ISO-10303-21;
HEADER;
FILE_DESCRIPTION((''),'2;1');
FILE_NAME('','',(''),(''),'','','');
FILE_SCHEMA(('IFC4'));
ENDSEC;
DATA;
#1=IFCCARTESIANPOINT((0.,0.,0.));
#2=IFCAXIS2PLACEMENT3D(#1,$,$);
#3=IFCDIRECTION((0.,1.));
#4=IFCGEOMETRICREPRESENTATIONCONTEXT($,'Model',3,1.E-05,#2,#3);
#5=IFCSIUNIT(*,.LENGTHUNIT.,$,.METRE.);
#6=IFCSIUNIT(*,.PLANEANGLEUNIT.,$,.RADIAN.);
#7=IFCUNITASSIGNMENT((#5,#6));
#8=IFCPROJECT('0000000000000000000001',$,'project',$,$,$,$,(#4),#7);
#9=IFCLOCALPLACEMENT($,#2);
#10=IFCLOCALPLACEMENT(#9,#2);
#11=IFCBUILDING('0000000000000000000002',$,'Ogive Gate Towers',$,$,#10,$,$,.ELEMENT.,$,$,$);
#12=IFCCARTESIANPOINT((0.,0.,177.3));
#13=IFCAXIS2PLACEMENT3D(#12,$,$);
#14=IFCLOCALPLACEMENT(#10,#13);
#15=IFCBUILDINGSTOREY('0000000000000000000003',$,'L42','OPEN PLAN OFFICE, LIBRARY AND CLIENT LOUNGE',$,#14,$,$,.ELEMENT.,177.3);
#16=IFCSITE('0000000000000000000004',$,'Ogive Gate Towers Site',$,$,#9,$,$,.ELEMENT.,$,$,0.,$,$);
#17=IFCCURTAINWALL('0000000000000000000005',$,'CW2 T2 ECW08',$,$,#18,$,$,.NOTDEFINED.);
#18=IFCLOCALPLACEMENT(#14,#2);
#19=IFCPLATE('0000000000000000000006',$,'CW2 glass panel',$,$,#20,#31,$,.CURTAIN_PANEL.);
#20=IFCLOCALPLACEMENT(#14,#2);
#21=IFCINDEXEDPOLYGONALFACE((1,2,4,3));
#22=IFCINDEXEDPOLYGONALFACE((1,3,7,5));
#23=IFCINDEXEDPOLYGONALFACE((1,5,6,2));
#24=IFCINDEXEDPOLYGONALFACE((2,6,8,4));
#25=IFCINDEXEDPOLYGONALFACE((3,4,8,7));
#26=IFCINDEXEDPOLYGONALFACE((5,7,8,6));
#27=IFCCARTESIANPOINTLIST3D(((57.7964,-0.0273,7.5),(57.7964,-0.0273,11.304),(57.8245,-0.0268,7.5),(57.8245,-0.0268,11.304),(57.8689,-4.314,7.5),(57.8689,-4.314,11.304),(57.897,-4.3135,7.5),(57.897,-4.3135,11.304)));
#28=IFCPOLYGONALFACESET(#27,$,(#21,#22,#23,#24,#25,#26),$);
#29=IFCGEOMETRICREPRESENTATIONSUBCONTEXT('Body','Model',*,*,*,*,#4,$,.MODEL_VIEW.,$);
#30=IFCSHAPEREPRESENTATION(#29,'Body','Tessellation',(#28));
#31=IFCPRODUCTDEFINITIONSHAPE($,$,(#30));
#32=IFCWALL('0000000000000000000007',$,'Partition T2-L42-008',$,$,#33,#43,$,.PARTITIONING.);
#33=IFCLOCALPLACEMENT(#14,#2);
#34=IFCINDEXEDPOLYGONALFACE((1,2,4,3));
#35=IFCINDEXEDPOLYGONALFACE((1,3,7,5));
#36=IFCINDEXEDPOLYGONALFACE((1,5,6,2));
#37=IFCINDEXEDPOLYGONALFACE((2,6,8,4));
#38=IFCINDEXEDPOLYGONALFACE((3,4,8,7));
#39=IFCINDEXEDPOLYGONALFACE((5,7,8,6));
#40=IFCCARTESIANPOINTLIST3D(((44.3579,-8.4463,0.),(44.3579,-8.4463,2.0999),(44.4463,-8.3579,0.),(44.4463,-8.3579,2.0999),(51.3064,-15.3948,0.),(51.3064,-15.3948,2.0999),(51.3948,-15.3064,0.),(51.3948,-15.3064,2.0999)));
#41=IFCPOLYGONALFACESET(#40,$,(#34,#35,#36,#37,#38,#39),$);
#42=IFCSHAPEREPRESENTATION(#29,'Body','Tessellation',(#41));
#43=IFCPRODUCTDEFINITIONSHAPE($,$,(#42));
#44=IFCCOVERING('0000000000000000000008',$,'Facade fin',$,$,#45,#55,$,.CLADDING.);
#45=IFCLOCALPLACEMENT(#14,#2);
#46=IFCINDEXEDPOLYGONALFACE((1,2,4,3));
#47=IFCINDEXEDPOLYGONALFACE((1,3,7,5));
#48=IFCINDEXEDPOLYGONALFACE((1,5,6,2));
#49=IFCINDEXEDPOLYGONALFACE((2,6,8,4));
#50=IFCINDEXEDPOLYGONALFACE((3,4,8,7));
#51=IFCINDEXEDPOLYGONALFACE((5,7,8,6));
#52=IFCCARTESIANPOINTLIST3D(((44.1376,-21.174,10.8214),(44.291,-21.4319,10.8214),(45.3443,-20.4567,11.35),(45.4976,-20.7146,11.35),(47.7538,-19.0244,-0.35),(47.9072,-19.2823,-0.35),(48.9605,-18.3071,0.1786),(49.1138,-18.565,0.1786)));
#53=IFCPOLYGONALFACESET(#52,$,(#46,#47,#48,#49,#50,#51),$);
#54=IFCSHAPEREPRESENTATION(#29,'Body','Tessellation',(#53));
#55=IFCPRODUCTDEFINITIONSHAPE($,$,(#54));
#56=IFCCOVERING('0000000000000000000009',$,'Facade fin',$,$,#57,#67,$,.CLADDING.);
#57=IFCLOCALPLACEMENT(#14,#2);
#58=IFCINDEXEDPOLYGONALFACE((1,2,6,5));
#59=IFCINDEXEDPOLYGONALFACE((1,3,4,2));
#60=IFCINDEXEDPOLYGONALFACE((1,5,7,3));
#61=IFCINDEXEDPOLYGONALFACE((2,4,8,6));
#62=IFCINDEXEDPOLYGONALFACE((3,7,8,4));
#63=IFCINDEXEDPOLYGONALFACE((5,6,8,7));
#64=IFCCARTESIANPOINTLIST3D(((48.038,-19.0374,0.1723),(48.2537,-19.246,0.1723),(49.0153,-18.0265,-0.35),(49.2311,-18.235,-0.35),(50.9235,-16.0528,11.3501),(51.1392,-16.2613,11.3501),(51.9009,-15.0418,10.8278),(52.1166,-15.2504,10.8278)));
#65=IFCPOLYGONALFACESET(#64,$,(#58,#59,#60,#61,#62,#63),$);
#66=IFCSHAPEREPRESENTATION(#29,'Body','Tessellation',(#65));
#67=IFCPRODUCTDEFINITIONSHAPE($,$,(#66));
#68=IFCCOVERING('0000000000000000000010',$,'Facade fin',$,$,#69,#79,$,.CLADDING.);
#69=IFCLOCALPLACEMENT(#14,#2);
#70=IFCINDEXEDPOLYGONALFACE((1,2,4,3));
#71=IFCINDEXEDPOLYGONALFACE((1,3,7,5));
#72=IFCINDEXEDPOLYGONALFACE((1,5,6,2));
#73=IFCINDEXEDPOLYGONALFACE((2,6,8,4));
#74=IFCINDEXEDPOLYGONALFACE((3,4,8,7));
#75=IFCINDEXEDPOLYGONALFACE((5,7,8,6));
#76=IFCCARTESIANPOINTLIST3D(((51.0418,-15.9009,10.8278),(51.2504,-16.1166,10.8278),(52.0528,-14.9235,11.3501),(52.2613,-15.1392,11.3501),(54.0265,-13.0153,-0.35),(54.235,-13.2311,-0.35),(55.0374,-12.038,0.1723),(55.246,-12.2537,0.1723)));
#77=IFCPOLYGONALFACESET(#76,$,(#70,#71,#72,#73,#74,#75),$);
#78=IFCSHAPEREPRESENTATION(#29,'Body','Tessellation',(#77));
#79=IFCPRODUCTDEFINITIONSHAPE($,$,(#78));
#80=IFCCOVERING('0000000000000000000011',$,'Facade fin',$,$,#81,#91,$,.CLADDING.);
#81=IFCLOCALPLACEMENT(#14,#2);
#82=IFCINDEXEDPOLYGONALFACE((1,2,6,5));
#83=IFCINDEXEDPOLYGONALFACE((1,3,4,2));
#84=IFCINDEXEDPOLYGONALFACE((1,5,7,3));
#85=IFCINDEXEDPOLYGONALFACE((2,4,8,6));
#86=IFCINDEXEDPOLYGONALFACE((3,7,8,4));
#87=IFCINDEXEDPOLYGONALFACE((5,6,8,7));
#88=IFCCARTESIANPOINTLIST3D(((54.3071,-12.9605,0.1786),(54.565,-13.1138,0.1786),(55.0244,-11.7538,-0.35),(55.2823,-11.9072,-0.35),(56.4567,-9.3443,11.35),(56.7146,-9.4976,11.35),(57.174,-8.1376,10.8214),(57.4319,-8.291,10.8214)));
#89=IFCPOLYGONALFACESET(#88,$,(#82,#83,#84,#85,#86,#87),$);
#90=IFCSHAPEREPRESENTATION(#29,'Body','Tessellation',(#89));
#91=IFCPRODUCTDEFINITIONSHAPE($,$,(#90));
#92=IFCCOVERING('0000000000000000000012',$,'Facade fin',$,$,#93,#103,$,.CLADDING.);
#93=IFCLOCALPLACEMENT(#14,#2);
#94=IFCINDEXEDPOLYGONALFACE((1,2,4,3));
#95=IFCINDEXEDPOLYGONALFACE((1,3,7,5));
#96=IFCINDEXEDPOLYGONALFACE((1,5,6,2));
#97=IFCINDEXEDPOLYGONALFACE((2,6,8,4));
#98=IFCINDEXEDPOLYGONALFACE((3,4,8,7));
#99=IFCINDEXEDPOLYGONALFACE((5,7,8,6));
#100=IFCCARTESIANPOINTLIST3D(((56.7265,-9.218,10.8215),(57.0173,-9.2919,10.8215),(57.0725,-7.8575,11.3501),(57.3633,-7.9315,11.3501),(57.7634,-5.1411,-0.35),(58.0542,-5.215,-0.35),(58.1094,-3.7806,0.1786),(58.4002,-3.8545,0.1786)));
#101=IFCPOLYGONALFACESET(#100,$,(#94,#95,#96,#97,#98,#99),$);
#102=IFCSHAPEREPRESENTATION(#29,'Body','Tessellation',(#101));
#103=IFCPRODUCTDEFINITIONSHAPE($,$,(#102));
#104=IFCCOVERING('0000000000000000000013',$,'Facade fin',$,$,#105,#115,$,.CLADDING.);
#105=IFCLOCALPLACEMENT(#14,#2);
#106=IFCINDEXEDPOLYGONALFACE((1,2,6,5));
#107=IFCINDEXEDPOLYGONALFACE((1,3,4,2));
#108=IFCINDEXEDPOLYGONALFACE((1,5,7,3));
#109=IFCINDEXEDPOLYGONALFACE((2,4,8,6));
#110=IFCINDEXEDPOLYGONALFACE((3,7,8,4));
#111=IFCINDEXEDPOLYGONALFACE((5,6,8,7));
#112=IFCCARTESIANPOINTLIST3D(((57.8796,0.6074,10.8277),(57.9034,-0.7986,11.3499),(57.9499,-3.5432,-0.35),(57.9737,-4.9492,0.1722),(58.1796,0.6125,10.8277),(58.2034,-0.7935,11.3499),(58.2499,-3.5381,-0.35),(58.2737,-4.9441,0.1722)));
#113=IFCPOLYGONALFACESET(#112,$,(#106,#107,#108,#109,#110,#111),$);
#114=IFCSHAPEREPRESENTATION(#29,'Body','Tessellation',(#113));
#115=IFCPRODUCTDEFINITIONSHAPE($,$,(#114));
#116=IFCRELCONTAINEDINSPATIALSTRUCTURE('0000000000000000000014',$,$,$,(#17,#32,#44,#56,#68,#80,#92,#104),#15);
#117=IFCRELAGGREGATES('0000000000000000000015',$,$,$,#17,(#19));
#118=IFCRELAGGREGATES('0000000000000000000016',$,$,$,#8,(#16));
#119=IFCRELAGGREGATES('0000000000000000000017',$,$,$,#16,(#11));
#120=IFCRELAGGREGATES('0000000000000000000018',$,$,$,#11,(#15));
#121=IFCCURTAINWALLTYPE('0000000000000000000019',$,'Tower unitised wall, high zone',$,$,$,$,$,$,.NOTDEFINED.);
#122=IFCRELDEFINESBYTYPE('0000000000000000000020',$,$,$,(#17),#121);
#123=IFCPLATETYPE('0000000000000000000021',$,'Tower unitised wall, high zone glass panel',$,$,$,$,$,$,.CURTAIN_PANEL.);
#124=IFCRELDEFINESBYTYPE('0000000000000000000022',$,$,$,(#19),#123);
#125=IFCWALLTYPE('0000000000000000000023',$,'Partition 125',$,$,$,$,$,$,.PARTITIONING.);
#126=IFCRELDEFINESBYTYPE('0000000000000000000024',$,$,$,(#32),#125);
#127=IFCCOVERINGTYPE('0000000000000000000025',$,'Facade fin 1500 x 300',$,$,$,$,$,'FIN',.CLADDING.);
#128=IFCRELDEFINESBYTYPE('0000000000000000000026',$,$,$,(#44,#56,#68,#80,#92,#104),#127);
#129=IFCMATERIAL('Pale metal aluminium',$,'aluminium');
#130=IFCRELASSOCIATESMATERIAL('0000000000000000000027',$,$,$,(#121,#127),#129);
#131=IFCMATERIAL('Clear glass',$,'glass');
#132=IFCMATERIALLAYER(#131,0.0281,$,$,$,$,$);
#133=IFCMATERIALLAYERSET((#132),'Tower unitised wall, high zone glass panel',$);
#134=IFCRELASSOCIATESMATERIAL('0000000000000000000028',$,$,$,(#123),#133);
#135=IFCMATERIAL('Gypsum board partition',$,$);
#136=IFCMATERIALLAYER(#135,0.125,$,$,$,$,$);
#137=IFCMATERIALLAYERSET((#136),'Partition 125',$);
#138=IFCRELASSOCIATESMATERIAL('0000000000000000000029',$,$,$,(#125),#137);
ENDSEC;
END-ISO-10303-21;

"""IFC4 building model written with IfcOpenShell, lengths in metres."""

from ifc_helpers import new_model, si_unit, direction, frame, frame_2d, origin, origin_2d, place, context, subcontext, project, spatial, rectangle, extrude, material, layer, layer_set, material_profile, profile_set, type_object, element, aggregate, save


model = new_model("IFC4")

# Units and contexts
model_context = context("Model", 3, precision=1e-05, world=origin(), true_north=direction((0.0, 1.0)))
body_context = subcontext(model_context, "Body", "Model", "MODEL_VIEW")
ifc_project = project(units=[si_unit("LENGTHUNIT", "METRE"), si_unit("PLANEANGLEUNIT", "RADIAN")], contexts=[model_context])

# Site, building, storey
site_placement = place(None, origin())
site = spatial("IfcSite", under=ifc_project, at=site_placement, Name="Ogive Gate Towers Site", CompositionType="ELEMENT", RefElevation=0.0)
building_placement = place(site_placement, origin())
building = spatial("IfcBuilding", under=site, at=building_placement, Name="Ogive Gate Towers", CompositionType="ELEMENT")
storey_placement = place(building_placement, frame((0.0, 0.0, 177.3)))
storey = spatial("IfcBuildingStorey", under=building, at=storey_placement, Name="L42", Description="OPEN PLAN OFFICE, LIBRARY AND CLIENT LOUNGE", CompositionType="ELEMENT", Elevation=177.3)

# Curtain wall
ifc_material_1 = material(Name="Pale metal aluminium", Category="aluminium")
curtain_wall_type = type_object("IfcCurtainWallType", Name="Tower unitised wall, high zone", PredefinedType="NOTDEFINED", material=ifc_material_1)
curtain_wall_1_placement = place(storey_placement, origin())
curtain_wall_1 = element("IfcCurtainWall", 1, at=curtain_wall_1_placement, inside=storey, type_object=curtain_wall_type, Name="CW2 T2 ECW08", PredefinedType="NOTDEFINED")

# Plate
ifc_material_2 = material(Name="Clear glass", Category="glass")
ifc_layer_1 = layer(ifc_material_2, 0.0281)
ifc_layer_set_1 = layer_set([ifc_layer_1], Name="Tower unitised wall, high zone glass panel")
plate_type = type_object("IfcPlateType", Name="Tower unitised wall, high zone glass panel", PredefinedType="CURTAIN_PANEL", material=ifc_layer_set_1)
plate_1_placement = place(storey_placement, frame((57.8467, -2.1704, 7.5), z_axis=(0.0, 0.0, 1.0), x_axis=(-0.016911, 0.999857, 0.0)))
plate_1 = element("IfcPlate", 2, at=plate_1_placement, type_object=plate_type, Name="CW2 glass panel", PredefinedType="CURTAIN_PANEL", context=body_context, shape_type="SweptSolid", body=[
    extrude(rectangle(XDim=4.2874, YDim=0.0281, at=origin_2d()), origin(), (0.0, 0.0, 1.0), 3.804),
])
aggregate(curtain_wall_1, [plate_1])

# Wall
ifc_material_3 = material(Name="Gypsum board partition")
ifc_layer_2 = layer(ifc_material_3, 0.125)
ifc_layer_set_2 = layer_set([ifc_layer_2], Name="Partition 125")
wall_type = type_object("IfcWallType", Name="Partition 125", PredefinedType="PARTITIONING", material=ifc_layer_set_2)
wall_placement = place(storey_placement, frame((51.3506, -15.3506, 0.0), z_axis=(0.0, 0.0, 1.0), x_axis=(-0.707107, 0.707107, 0.0)))
element("IfcWall", 3, at=wall_placement, inside=storey, type_object=wall_type, Name="Partition T2-L42-008", PredefinedType="PARTITIONING", context=body_context, shape_type="SweptSolid", body=[
    extrude(rectangle(XDim=9.8267, YDim=0.125, at=frame_2d((4.9133, 0.0))), origin(), (0.0, 0.0, 1.0), 2.0999),
])

# Coverings
ifc_material_profile_1 = material_profile(ifc_material_1, rectangle(XDim=0.3, YDim=1.5, at=origin_2d()), Name="1500 x 300 pale metal aluminium")
ifc_profile_set_1 = profile_set([ifc_material_profile_1], Name="Pale metal aluminium")
covering_type = type_object("IfcCoveringType", Name="Facade fin 1500 x 300", ElementType="FIN", PredefinedType="CLADDING", material=ifc_profile_set_1)
covering_1_placement = place(storey_placement, frame((48.4338, -18.7947, -0.0857), z_axis=(-0.302935, -0.18008, 0.935843), x_axis=(0.510984, -0.85959, 0.0)))
element("IfcCovering", 4, at=covering_1_placement, inside=storey, type_object=covering_type, Name="Facade fin", PredefinedType="CLADDING", context=body_context, shape_type="SweptSolid", body=[
    extrude(rectangle(XDim=0.3, YDim=1.5, at=origin_2d()), origin(), (0.0, 0.0, 1.0), 11.9373),
])
for number, where, z_axis, x_axis, name in (
    (5, (48.6345, -18.6362, -0.0889), (0.241996, 0.250309, 0.937435), (-0.718944, 0.695068, 0.0), "Facade fin"),
    (6, (54.6362, -12.6345, -0.0889), (-0.250309, -0.241996, 0.937435), (0.695068, -0.718944, 0.0), "Facade fin"),
):
    element("IfcCovering", number, at=place(storey_placement, frame(where, z_axis=z_axis, x_axis=x_axis)), inside=storey, type_object=covering_type, Name=name, PredefinedType="CLADDING", context=body_context, shape_type="SweptSolid", body=[
        extrude(rectangle(XDim=0.3, YDim=1.5, at=origin_2d()), origin(), (0.0, 0.0, 1.0), 11.9238),
    ])
for number, where, z_axis, x_axis, name in (
    (7, (54.7947, -12.4338, -0.0857), (0.18008, 0.302935, 0.935843), (-0.85959, 0.510984, 0.0), "Facade fin"),
    (8, (58.0818, -4.4978, -0.0857), (-0.08686, -0.34153, 0.935849), (0.969148, -0.24648, 0.0), "Facade fin"),
):
    element("IfcCovering", number, at=place(storey_placement, frame(where, z_axis=z_axis, x_axis=x_axis)), inside=storey, type_object=covering_type, Name=name, PredefinedType="CLADDING", context=body_context, shape_type="SweptSolid", body=[
        extrude(rectangle(XDim=0.3, YDim=1.5, at=origin_2d()), origin(), (0.0, 0.0, 1.0), 11.9373),
    ])
covering_2_placement = place(storey_placement, frame((58.1118, -4.2437, -0.0889), z_axis=(-0.005897, 0.3481, 0.937439), x_axis=(-0.999857, -0.016938, 0.0)))
element("IfcCovering", 9, at=covering_2_placement, inside=storey, type_object=covering_type, Name="Facade fin", PredefinedType="CLADDING", context=body_context, shape_type="SweptSolid", body=[
    extrude(rectangle(XDim=0.3, YDim=1.5, at=origin_2d()), origin(), (0.0, 0.0, 1.0), 11.9236),
])

save(model, "model.ifc")
